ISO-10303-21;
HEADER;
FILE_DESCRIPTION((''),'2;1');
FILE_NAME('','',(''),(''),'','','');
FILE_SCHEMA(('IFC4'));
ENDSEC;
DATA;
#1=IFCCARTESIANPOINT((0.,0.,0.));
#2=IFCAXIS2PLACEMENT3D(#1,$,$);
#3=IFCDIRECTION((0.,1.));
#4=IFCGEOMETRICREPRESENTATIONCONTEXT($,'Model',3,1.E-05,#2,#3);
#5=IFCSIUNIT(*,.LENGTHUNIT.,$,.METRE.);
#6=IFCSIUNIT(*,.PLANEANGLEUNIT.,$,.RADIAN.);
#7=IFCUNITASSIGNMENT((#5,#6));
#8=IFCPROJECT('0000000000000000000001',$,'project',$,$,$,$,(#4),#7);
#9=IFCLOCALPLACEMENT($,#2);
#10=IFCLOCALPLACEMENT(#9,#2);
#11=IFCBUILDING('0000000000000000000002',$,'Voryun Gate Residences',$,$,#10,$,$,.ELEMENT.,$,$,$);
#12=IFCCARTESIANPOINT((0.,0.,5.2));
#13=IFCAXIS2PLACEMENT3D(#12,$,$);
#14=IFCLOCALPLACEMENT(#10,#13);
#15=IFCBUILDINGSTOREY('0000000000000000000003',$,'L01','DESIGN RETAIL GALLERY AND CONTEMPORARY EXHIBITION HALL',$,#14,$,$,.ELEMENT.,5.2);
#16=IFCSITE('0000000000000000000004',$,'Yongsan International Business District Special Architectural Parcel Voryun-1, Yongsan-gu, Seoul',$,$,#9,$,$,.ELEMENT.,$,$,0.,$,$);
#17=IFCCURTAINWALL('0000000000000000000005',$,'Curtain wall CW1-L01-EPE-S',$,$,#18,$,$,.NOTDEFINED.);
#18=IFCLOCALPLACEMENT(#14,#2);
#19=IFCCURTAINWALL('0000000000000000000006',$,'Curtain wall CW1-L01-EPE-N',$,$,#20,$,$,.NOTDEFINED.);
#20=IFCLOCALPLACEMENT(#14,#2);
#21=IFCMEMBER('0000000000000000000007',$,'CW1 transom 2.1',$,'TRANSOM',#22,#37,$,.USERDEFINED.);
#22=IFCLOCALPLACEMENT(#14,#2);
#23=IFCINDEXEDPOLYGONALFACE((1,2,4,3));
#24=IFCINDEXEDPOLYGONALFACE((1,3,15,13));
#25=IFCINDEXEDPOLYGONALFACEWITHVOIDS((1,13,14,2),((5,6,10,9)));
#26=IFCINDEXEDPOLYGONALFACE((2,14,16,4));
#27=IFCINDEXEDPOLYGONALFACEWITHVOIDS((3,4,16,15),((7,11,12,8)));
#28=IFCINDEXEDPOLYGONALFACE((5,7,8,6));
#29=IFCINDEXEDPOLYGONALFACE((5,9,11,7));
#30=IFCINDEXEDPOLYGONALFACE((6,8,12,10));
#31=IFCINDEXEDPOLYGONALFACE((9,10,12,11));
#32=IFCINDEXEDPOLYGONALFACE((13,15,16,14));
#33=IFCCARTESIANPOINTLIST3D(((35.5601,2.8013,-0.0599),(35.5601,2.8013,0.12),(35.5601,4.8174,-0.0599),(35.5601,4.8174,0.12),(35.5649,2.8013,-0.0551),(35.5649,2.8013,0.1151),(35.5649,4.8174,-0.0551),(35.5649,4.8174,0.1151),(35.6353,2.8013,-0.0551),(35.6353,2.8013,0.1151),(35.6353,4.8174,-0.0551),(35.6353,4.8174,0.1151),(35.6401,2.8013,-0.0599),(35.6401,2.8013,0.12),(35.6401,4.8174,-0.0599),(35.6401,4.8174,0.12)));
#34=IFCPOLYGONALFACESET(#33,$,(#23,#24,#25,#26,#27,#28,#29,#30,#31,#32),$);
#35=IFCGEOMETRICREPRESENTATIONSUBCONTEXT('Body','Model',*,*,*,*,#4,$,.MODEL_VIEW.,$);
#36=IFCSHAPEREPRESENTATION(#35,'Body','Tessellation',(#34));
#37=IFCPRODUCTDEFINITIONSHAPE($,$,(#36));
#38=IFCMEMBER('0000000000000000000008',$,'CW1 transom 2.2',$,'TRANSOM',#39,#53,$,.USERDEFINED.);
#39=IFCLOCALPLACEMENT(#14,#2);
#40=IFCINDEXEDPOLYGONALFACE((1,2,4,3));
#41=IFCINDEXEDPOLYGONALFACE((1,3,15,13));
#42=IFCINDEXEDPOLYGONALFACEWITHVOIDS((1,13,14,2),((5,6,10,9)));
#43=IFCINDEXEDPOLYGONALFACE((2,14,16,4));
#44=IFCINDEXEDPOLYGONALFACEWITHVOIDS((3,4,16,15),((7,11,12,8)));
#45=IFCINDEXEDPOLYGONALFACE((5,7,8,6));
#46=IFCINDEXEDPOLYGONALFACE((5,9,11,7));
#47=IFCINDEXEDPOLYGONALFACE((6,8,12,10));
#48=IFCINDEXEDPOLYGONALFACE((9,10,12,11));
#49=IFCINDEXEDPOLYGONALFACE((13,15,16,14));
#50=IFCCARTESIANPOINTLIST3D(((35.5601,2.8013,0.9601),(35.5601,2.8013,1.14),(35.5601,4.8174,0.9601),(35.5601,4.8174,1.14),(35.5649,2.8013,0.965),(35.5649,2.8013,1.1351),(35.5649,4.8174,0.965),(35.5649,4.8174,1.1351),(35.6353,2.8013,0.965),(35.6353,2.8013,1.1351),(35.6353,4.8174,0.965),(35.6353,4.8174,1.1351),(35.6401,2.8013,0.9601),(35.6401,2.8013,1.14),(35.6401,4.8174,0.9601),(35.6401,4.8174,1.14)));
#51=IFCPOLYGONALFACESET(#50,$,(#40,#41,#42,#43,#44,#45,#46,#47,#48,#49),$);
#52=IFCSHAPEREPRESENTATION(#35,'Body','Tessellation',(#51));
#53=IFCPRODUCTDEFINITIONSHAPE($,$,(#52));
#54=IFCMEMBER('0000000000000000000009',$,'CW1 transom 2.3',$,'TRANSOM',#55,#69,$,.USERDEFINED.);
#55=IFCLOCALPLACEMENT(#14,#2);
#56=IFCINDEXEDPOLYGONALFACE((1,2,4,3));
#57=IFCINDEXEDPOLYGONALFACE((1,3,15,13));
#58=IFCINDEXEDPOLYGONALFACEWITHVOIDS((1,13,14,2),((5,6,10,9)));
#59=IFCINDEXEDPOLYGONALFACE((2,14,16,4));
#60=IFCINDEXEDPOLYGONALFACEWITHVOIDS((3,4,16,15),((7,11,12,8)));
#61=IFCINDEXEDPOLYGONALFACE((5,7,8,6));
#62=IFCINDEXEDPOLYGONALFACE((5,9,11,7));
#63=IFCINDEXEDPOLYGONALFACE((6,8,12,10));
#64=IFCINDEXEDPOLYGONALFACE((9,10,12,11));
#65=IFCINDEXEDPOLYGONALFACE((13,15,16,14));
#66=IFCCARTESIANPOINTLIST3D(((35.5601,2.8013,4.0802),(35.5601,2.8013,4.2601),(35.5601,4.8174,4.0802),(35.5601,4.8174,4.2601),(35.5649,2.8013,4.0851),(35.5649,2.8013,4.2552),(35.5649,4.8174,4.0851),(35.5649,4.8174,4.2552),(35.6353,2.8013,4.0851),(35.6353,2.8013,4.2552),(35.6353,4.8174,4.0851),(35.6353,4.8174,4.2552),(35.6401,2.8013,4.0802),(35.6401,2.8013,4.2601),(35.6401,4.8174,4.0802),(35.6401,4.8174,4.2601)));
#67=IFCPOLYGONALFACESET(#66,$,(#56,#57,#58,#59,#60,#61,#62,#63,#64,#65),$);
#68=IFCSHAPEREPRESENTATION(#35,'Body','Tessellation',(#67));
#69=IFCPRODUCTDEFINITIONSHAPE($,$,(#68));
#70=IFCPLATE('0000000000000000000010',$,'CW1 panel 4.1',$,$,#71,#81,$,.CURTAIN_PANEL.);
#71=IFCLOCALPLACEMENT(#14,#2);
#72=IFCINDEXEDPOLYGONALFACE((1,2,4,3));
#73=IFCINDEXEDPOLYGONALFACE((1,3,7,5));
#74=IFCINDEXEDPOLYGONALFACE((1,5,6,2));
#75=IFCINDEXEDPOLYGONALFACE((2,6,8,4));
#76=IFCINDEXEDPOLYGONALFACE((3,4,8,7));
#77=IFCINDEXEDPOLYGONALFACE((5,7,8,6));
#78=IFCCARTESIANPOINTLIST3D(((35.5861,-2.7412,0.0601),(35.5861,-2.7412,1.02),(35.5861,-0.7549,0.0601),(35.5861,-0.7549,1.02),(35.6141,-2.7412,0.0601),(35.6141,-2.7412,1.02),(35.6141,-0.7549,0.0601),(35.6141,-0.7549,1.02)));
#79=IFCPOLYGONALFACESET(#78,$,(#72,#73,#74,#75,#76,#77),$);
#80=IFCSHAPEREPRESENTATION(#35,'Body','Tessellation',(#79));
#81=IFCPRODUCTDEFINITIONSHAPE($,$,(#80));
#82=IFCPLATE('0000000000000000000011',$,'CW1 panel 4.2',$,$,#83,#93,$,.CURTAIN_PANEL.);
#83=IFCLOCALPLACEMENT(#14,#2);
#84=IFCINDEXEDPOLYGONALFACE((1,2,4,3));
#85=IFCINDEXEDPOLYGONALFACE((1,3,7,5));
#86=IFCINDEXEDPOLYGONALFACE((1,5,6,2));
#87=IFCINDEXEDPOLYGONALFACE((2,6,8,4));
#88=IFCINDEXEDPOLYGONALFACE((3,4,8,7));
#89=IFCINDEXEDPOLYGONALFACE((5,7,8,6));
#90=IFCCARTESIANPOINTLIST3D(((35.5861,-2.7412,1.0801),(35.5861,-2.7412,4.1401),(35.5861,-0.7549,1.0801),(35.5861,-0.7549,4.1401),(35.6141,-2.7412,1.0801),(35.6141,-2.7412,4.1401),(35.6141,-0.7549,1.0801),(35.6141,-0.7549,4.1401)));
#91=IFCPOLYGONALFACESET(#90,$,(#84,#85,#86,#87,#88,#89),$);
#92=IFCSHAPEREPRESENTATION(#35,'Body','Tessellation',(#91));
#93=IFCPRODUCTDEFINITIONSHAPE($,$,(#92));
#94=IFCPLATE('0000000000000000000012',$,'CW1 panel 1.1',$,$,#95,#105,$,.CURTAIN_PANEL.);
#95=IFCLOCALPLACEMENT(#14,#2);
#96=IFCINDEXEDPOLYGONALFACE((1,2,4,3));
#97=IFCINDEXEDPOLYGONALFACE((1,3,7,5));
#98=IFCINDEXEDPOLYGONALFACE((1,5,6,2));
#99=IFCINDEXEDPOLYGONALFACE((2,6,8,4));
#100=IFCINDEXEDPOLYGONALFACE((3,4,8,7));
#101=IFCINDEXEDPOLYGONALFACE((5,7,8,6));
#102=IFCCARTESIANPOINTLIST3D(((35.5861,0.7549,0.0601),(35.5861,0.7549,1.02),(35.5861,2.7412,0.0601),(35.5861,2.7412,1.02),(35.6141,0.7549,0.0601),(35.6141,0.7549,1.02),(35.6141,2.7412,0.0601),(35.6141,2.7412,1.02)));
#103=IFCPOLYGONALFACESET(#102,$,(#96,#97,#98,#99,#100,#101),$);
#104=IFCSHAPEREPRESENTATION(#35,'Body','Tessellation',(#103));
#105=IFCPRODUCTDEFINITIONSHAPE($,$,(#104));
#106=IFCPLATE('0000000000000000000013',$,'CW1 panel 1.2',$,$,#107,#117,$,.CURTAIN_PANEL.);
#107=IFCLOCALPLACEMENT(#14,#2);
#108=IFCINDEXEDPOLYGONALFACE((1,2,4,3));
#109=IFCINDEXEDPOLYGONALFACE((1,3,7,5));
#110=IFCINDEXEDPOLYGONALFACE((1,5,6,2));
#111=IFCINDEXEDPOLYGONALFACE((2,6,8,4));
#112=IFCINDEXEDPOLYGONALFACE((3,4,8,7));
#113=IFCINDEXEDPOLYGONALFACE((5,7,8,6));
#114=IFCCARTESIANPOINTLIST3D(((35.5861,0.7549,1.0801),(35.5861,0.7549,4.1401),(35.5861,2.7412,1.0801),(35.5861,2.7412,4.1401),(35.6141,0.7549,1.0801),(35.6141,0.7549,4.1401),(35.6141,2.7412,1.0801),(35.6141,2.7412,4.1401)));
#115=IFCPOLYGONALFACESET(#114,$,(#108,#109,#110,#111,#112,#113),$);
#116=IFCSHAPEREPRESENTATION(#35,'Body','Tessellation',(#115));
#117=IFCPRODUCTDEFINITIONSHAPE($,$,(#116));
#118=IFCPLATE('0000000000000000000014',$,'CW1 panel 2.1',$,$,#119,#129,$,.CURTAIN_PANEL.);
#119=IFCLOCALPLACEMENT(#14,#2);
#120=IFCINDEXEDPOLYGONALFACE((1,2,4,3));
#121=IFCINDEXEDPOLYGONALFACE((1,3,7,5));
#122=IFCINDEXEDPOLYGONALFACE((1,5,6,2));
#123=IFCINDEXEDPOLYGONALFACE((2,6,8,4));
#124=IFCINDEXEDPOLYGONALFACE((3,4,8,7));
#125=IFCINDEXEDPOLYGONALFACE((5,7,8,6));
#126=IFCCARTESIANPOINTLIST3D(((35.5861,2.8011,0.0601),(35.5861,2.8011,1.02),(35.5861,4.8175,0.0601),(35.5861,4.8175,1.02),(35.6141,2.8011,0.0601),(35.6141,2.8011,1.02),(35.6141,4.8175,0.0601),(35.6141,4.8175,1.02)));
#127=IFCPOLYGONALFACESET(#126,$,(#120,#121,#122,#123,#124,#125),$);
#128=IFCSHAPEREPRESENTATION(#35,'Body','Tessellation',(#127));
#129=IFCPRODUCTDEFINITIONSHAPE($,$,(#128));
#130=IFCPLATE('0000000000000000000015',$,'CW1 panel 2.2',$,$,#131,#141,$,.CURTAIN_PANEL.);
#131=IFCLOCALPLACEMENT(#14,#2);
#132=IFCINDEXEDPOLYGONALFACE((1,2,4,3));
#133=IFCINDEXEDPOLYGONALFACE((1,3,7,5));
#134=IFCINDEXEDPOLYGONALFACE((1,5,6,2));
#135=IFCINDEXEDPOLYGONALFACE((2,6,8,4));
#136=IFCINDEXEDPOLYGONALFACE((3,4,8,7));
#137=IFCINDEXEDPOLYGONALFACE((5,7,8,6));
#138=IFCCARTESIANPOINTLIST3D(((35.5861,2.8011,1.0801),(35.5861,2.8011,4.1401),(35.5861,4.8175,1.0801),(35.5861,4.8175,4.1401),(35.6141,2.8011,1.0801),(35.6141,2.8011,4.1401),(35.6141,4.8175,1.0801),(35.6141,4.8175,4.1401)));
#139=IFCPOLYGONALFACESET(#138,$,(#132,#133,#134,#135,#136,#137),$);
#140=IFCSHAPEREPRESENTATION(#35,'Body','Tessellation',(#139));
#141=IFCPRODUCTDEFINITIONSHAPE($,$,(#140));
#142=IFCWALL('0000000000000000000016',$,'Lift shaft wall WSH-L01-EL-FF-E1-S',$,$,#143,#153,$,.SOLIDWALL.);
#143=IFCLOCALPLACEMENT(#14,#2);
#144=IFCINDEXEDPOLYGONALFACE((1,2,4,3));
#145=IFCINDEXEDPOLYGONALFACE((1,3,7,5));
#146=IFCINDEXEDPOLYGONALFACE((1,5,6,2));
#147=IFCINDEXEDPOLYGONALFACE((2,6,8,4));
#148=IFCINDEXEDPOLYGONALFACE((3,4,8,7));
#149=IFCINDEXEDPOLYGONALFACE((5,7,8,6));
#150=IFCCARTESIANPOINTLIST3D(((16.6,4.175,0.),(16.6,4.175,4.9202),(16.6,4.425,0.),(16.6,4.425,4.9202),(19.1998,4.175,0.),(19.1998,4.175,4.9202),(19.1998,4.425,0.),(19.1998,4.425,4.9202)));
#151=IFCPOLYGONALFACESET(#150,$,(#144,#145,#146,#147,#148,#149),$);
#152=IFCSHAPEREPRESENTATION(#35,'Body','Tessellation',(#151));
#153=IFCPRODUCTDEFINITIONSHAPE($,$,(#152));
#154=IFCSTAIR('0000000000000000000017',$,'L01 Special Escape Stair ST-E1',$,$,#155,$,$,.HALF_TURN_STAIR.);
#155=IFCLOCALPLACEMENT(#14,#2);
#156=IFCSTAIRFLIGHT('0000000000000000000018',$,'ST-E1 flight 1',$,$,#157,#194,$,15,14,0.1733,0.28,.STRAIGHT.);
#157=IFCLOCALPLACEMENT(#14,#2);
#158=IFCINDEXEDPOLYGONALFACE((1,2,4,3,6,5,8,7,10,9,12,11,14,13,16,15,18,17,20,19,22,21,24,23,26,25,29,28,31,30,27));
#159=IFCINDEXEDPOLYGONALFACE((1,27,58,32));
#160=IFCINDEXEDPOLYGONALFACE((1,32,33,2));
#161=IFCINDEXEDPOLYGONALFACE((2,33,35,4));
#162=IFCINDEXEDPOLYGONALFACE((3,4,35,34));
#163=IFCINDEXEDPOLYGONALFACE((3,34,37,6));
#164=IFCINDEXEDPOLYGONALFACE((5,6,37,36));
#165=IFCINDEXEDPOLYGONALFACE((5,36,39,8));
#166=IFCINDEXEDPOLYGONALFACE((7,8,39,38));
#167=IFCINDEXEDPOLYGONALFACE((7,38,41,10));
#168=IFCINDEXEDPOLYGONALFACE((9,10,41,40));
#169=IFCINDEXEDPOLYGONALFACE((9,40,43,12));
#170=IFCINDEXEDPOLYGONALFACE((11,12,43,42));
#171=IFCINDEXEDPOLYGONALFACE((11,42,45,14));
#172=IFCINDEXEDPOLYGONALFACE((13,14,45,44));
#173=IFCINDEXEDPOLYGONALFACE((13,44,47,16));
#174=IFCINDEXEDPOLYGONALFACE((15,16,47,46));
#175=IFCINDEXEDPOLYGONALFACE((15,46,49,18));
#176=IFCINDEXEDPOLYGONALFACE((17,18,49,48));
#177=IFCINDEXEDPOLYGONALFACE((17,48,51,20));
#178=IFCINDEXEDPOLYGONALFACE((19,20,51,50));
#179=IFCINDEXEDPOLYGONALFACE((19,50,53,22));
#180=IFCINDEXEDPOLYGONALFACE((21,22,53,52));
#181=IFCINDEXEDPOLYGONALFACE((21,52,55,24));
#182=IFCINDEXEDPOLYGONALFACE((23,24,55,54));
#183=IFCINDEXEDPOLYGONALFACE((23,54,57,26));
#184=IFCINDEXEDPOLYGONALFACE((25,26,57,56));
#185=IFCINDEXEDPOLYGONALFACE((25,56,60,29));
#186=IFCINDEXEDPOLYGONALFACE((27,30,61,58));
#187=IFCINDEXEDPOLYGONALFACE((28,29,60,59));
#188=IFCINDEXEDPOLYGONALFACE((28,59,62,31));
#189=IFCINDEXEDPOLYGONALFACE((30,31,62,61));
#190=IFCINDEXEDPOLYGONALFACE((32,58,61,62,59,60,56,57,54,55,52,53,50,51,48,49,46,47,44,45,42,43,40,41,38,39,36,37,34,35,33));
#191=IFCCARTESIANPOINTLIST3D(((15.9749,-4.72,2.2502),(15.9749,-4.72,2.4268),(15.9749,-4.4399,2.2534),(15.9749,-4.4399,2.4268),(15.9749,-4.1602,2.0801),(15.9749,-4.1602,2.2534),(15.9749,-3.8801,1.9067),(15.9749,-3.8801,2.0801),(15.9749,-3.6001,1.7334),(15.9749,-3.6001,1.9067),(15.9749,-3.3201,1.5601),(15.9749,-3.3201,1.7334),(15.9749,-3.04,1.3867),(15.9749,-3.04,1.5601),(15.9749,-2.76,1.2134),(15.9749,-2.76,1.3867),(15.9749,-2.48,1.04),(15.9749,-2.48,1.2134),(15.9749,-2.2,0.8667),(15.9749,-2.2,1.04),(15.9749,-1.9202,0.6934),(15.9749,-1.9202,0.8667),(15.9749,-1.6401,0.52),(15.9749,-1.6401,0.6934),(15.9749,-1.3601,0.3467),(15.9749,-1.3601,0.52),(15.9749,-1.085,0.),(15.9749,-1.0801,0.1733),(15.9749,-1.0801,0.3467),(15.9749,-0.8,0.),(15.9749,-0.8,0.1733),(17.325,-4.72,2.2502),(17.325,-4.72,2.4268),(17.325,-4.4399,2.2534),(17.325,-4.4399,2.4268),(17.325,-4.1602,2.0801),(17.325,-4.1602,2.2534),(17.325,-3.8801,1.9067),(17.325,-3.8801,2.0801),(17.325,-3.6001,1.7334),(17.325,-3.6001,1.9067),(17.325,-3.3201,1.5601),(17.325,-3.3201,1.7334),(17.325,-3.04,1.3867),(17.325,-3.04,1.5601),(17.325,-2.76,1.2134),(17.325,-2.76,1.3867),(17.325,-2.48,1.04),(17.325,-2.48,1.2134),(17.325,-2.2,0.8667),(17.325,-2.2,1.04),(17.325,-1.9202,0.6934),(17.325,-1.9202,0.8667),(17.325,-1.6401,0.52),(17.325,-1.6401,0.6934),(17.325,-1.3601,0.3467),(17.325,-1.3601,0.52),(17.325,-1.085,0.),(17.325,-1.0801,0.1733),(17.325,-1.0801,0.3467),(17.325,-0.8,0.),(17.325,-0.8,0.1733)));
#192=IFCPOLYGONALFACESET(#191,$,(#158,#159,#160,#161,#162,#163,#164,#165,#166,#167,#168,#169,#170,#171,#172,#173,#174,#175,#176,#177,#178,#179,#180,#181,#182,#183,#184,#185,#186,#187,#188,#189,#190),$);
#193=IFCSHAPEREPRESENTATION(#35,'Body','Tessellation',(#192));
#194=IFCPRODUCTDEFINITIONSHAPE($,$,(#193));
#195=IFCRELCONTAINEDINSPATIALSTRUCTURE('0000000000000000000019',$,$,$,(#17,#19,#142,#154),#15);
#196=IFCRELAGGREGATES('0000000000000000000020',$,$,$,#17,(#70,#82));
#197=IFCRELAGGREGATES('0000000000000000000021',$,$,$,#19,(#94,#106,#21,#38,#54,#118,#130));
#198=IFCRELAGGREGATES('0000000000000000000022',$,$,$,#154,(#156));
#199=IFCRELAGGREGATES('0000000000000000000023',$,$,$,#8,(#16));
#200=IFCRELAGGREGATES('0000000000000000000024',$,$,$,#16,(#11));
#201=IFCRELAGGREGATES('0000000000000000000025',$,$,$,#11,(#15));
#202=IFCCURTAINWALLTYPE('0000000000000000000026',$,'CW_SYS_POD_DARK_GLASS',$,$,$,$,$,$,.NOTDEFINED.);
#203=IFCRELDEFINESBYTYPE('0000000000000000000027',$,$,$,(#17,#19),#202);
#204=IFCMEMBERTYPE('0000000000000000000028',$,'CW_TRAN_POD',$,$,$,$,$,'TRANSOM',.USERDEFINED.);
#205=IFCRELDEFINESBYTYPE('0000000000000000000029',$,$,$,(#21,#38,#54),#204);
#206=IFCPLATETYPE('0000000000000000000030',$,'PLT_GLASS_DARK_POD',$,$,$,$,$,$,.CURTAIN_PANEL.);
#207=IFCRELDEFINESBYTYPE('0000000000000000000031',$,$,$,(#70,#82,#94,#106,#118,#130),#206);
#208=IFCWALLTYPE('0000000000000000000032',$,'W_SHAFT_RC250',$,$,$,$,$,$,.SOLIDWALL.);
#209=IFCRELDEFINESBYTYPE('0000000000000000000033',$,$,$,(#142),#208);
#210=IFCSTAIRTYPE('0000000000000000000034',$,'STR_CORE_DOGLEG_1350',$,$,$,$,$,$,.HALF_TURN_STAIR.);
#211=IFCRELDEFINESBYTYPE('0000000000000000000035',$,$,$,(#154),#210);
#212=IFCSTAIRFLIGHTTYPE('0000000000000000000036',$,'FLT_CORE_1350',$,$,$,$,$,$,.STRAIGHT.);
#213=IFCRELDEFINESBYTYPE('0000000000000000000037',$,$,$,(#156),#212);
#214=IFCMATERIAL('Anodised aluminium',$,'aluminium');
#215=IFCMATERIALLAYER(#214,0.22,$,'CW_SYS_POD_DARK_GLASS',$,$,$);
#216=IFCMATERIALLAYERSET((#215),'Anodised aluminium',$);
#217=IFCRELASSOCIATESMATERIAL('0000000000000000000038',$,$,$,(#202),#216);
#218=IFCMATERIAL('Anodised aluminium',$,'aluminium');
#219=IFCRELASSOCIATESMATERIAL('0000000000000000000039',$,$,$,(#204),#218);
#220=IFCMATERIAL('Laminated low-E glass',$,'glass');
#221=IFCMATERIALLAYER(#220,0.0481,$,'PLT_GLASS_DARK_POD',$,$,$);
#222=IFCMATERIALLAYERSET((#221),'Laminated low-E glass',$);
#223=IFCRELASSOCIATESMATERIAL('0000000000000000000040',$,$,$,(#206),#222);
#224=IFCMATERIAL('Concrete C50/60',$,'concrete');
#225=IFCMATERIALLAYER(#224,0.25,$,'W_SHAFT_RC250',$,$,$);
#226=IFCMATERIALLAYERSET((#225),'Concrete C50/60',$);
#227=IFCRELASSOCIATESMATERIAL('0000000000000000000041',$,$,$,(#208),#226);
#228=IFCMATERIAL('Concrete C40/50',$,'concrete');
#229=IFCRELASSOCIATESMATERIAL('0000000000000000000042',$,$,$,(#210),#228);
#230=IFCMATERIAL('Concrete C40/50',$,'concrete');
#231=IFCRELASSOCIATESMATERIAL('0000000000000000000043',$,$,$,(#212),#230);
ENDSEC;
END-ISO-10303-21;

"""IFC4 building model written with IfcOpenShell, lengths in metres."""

from ifc_helpers import new_model, si_unit, direction, frame, frame_2d, origin, origin_2d, place, context, subcontext, project, spatial, polyline, rectangle, hollow_rectangle, outline, extrude, material, layer, layer_set, material_profile, profile_set, type_object, element, aggregate, save


model = new_model("IFC4")

# Units and contexts
model_context = context("Model", 3, precision=1e-05, world=origin(), true_north=direction((0.0, 1.0)))
body_context = subcontext(model_context, "Body", "Model", "MODEL_VIEW")
ifc_project = project(units=[si_unit("LENGTHUNIT", "METRE"), si_unit("PLANEANGLEUNIT", "RADIAN")], contexts=[model_context])

# Site, building, storey
site_placement = place(None, origin())
site = spatial("IfcSite", under=ifc_project, at=site_placement, Name="Yongsan International Business District Special Architectural Parcel Voryun-1, Yongsan-gu, Seoul", CompositionType="ELEMENT", RefElevation=0.0)
building_placement = place(site_placement, origin())
building = spatial("IfcBuilding", under=site, at=building_placement, Name="Voryun Gate Residences", CompositionType="ELEMENT")
storey_placement = place(building_placement, frame((0.0, 0.0, 5.2)))
storey = spatial("IfcBuildingStorey", under=building, at=storey_placement, Name="L01", Description="DESIGN RETAIL GALLERY AND CONTEMPORARY EXHIBITION HALL", CompositionType="ELEMENT", Elevation=5.2)

# Curtain wall
ifc_material_1 = material(Name="Anodised aluminium", Category="aluminium")
ifc_layer_1 = layer(ifc_material_1, 0.22, Name="CW_SYS_POD_DARK_GLASS")
ifc_layer_set_1 = layer_set([ifc_layer_1], Name="Anodised aluminium")
curtain_wall_type = type_object("IfcCurtainWallType", Name="CW_SYS_POD_DARK_GLASS", PredefinedType="NOTDEFINED", material=ifc_layer_set_1)
curtain_wall_1_placement = place(storey_placement, origin())
curtain_wall_1 = element("IfcCurtainWall", 1, at=curtain_wall_1_placement, inside=storey, type_object=curtain_wall_type, Name="Curtain wall CW1-L01-EPE-S", PredefinedType="NOTDEFINED")

# Curtain wall
curtain_wall_2_placement = place(storey_placement, origin())
curtain_wall_2 = element("IfcCurtainWall", 2, at=curtain_wall_2_placement, inside=storey, type_object=curtain_wall_type, Name="Curtain wall CW1-L01-EPE-N", PredefinedType="NOTDEFINED")

# Members
ifc_material_2 = material(Name="Anodised aluminium", Category="aluminium")
ifc_material_profile_1 = material_profile(ifc_material_2, hollow_rectangle(XDim=0.0801, YDim=0.1799, WallThickness=0.0049, at=origin_2d()), Name="ALU-TRAN-180x80x5")
ifc_profile_set_1 = profile_set([ifc_material_profile_1], Name="Anodised aluminium")
member_type_1 = type_object("IfcMemberType", Name="CW_TRAN_POD", ElementType="TRANSOM", PredefinedType="USERDEFINED", material=ifc_profile_set_1)
member_1_placement = place(storey_placement, frame((35.6001, 2.8013, 0.03), z_axis=(0.0, 1.0, 0.0), x_axis=(-1.0, 0.0, 0.0)))
member_1 = element("IfcMember", 3, at=member_1_placement, type_object=member_type_1, Name="CW1 transom 2.1", ObjectType="TRANSOM", PredefinedType="USERDEFINED", context=body_context, shape_type="SweptSolid", body=[
    extrude(hollow_rectangle(XDim=0.0801, YDim=0.1799, WallThickness=0.0049, at=origin_2d()), origin(), (0.0, 0.0, 1.0), 2.0161),
])
member_2_placement = place(storey_placement, frame((35.6001, 2.8013, 1.05), z_axis=(0.0, 1.0, 0.0), x_axis=(-1.0, 0.0, 0.0)))
member_2 = element("IfcMember", 4, at=member_2_placement, type_object=member_type_1, Name="CW1 transom 2.2", ObjectType="TRANSOM", PredefinedType="USERDEFINED", context=body_context, shape_type="SweptSolid", body=[
    extrude(hollow_rectangle(XDim=0.0801, YDim=0.1799, WallThickness=0.0049, at=origin_2d()), origin(), (0.0, 0.0, 1.0), 2.0161),
])
member_3_placement = place(storey_placement, frame((35.6001, 2.8013, 4.1702), z_axis=(0.0, 1.0, 0.0), x_axis=(-1.0, 0.0, 0.0)))
member_3 = element("IfcMember", 5, at=member_3_placement, type_object=member_type_1, Name="CW1 transom 2.3", ObjectType="TRANSOM", PredefinedType="USERDEFINED", context=body_context, shape_type="SweptSolid", body=[
    extrude(hollow_rectangle(XDim=0.0801, YDim=0.1799, WallThickness=0.0049, at=origin_2d()), origin(), (0.0, 0.0, 1.0), 2.0161),
])

# Plates
ifc_material_3 = material(Name="Laminated low-E glass", Category="glass")
ifc_layer_2 = layer(ifc_material_3, 0.0481, Name="PLT_GLASS_DARK_POD")
ifc_layer_set_2 = layer_set([ifc_layer_2], Name="Laminated low-E glass")
plate_type = type_object("IfcPlateType", Name="PLT_GLASS_DARK_POD", PredefinedType="CURTAIN_PANEL", material=ifc_layer_set_2)
plate_1_placement = place(storey_placement, frame((35.6001, -1.748, 0.0601), z_axis=(0.0, 0.0, 1.0), x_axis=(0.0, 1.0, 0.0)))
plate_1 = element("IfcPlate", 6, at=plate_1_placement, type_object=plate_type, Name="CW1 panel 4.1", PredefinedType="CURTAIN_PANEL", context=body_context, shape_type="SweptSolid", body=[
    extrude(rectangle(XDim=1.9863, YDim=0.0281, at=origin_2d()), origin(), (0.0, 0.0, 1.0), 0.96),
])
plate_2_placement = place(storey_placement, frame((35.6001, -1.748, 1.0801), z_axis=(0.0, 0.0, 1.0), x_axis=(0.0, 1.0, 0.0)))
plate_2 = element("IfcPlate", 7, at=plate_2_placement, type_object=plate_type, Name="CW1 panel 4.2", PredefinedType="CURTAIN_PANEL", context=body_context, shape_type="SweptSolid", body=[
    extrude(rectangle(XDim=1.9863, YDim=0.0281, at=origin_2d()), origin(), (0.0, 0.0, 1.0), 3.0601),
])
aggregate(curtain_wall_1, [plate_1, plate_2])
plate_3_placement = place(storey_placement, frame((35.6001, 1.748, 0.0601), z_axis=(0.0, 0.0, 1.0), x_axis=(0.0, 1.0, 0.0)))
plate_3 = element("IfcPlate", 8, at=plate_3_placement, type_object=plate_type, Name="CW1 panel 1.1", PredefinedType="CURTAIN_PANEL", context=body_context, shape_type="SweptSolid", body=[
    extrude(rectangle(XDim=1.9863, YDim=0.0281, at=origin_2d()), origin(), (0.0, 0.0, 1.0), 0.96),
])
plate_4_placement = place(storey_placement, frame((35.6001, 1.748, 1.0801), z_axis=(0.0, 0.0, 1.0), x_axis=(0.0, 1.0, 0.0)))
plate_4 = element("IfcPlate", 9, at=plate_4_placement, type_object=plate_type, Name="CW1 panel 1.2", PredefinedType="CURTAIN_PANEL", context=body_context, shape_type="SweptSolid", body=[
    extrude(rectangle(XDim=1.9863, YDim=0.0281, at=origin_2d()), origin(), (0.0, 0.0, 1.0), 3.0601),
])
plate_5_placement = place(storey_placement, frame((35.6001, 3.8093, 0.0601), z_axis=(0.0, 0.0, 1.0), x_axis=(0.0, 1.0, 0.0)))
plate_5 = element("IfcPlate", 10, at=plate_5_placement, type_object=plate_type, Name="CW1 panel 2.1", PredefinedType="CURTAIN_PANEL", context=body_context, shape_type="SweptSolid", body=[
    extrude(rectangle(XDim=2.0164, YDim=0.0281, at=origin_2d()), origin(), (0.0, 0.0, 1.0), 0.96),
])
plate_6_placement = place(storey_placement, frame((35.6001, 3.8093, 1.0801), z_axis=(0.0, 0.0, 1.0), x_axis=(0.0, 1.0, 0.0)))
plate_6 = element("IfcPlate", 11, at=plate_6_placement, type_object=plate_type, Name="CW1 panel 2.2", PredefinedType="CURTAIN_PANEL", context=body_context, shape_type="SweptSolid", body=[
    extrude(rectangle(XDim=2.0164, YDim=0.0281, at=origin_2d()), origin(), (0.0, 0.0, 1.0), 3.0601),
])
aggregate(curtain_wall_2, [plate_3, plate_4, member_1, member_2, member_3, plate_5, plate_6])

# Wall
ifc_material_4 = material(Name="Concrete C50/60", Category="concrete")
ifc_layer_3 = layer(ifc_material_4, 0.25, Name="W_SHAFT_RC250")
ifc_layer_set_3 = layer_set([ifc_layer_3], Name="Concrete C50/60")
wall_type = type_object("IfcWallType", Name="W_SHAFT_RC250", PredefinedType="SOLIDWALL", material=ifc_layer_set_3)
wall_placement = place(storey_placement, frame((16.6001, 4.3, 0.0), z_axis=(0.0, 0.0, 1.0), x_axis=(1.0, 0.0, 0.0)))
element("IfcWall", 12, at=wall_placement, inside=storey, type_object=wall_type, Name="Lift shaft wall WSH-L01-EL-FF-E1-S", PredefinedType="SOLIDWALL", context=body_context, shape_type="SweptSolid", body=[
    extrude(rectangle(XDim=2.5999, YDim=0.25, at=frame_2d((1.2998, 0.0))), origin(), (0.0, 0.0, 1.0), 4.9202),
])

# Stair, stair flight
ifc_material_5 = material(Name="Concrete C40/50", Category="concrete")
stair_type = type_object("IfcStairType", Name="STR_CORE_DOGLEG_1350", PredefinedType="HALF_TURN_STAIR", material=ifc_material_5)
stair_placement = place(storey_placement, origin())
stair = element("IfcStair", 13, at=stair_placement, inside=storey, type_object=stair_type, Name="L01 Special Escape Stair ST-E1", PredefinedType="HALF_TURN_STAIR")
ifc_material_6 = material(Name="Concrete C40/50", Category="concrete")
stair_flight_type = type_object("IfcStairFlightType", Name="FLT_CORE_1350", PredefinedType="STRAIGHT", material=ifc_material_6)
stair_flight_placement = place(storey_placement, frame((16.6499, -0.8, 0.0), z_axis=(0.0, 0.0, 1.0), x_axis=(0.0, -1.0, 0.0)))
stair_flight = element("IfcStairFlight", 14, at=stair_flight_placement, type_object=stair_flight_type, Name="ST-E1 flight 1", NumberOfRisers=15, NumberOfTreads=14, PredefinedType="STRAIGHT", RiserHeight=0.1733, TreadLength=0.28, context=body_context, shape_type="SweptSolid", body=[
    extrude(outline(polyline([(0.0, 0.0), (0.0, 0.1733), (0.28, 0.1733), (0.28, 0.3467), (0.5601, 0.3467), (0.5601, 0.52), (0.8401, 0.52), (0.8401, 0.6934), (1.1201, 0.6934), (1.1201, 0.8667), (1.3999, 0.8667), (1.3999, 1.04), (1.6799, 1.04), (1.6799, 1.2134), (1.96, 1.2134), (1.96, 1.3867), (2.24, 1.3867), (2.24, 1.5601), (2.52, 1.5601), (2.52, 1.7334), (2.8, 1.7334), (2.8, 1.9067), (3.0801, 1.9067), (3.0801, 2.0801), (3.3601, 2.0801), (3.3601, 2.2534), (3.6399, 2.2534), (3.6399, 2.4268), (3.9199, 2.4268), (3.9199, 2.6001), (3.9199, 2.2502), (0.2849, 0.0), (0.0, 0.0)])), frame((0.0, 0.675, 0.0), z_axis=(0.0, -1.0, 0.0), x_axis=(1.0, 0.0, 0.0)), (0.0, 0.0, 1.0), 1.3501),
])
aggregate(stair, [stair_flight])

save(model, "model.ifc")
